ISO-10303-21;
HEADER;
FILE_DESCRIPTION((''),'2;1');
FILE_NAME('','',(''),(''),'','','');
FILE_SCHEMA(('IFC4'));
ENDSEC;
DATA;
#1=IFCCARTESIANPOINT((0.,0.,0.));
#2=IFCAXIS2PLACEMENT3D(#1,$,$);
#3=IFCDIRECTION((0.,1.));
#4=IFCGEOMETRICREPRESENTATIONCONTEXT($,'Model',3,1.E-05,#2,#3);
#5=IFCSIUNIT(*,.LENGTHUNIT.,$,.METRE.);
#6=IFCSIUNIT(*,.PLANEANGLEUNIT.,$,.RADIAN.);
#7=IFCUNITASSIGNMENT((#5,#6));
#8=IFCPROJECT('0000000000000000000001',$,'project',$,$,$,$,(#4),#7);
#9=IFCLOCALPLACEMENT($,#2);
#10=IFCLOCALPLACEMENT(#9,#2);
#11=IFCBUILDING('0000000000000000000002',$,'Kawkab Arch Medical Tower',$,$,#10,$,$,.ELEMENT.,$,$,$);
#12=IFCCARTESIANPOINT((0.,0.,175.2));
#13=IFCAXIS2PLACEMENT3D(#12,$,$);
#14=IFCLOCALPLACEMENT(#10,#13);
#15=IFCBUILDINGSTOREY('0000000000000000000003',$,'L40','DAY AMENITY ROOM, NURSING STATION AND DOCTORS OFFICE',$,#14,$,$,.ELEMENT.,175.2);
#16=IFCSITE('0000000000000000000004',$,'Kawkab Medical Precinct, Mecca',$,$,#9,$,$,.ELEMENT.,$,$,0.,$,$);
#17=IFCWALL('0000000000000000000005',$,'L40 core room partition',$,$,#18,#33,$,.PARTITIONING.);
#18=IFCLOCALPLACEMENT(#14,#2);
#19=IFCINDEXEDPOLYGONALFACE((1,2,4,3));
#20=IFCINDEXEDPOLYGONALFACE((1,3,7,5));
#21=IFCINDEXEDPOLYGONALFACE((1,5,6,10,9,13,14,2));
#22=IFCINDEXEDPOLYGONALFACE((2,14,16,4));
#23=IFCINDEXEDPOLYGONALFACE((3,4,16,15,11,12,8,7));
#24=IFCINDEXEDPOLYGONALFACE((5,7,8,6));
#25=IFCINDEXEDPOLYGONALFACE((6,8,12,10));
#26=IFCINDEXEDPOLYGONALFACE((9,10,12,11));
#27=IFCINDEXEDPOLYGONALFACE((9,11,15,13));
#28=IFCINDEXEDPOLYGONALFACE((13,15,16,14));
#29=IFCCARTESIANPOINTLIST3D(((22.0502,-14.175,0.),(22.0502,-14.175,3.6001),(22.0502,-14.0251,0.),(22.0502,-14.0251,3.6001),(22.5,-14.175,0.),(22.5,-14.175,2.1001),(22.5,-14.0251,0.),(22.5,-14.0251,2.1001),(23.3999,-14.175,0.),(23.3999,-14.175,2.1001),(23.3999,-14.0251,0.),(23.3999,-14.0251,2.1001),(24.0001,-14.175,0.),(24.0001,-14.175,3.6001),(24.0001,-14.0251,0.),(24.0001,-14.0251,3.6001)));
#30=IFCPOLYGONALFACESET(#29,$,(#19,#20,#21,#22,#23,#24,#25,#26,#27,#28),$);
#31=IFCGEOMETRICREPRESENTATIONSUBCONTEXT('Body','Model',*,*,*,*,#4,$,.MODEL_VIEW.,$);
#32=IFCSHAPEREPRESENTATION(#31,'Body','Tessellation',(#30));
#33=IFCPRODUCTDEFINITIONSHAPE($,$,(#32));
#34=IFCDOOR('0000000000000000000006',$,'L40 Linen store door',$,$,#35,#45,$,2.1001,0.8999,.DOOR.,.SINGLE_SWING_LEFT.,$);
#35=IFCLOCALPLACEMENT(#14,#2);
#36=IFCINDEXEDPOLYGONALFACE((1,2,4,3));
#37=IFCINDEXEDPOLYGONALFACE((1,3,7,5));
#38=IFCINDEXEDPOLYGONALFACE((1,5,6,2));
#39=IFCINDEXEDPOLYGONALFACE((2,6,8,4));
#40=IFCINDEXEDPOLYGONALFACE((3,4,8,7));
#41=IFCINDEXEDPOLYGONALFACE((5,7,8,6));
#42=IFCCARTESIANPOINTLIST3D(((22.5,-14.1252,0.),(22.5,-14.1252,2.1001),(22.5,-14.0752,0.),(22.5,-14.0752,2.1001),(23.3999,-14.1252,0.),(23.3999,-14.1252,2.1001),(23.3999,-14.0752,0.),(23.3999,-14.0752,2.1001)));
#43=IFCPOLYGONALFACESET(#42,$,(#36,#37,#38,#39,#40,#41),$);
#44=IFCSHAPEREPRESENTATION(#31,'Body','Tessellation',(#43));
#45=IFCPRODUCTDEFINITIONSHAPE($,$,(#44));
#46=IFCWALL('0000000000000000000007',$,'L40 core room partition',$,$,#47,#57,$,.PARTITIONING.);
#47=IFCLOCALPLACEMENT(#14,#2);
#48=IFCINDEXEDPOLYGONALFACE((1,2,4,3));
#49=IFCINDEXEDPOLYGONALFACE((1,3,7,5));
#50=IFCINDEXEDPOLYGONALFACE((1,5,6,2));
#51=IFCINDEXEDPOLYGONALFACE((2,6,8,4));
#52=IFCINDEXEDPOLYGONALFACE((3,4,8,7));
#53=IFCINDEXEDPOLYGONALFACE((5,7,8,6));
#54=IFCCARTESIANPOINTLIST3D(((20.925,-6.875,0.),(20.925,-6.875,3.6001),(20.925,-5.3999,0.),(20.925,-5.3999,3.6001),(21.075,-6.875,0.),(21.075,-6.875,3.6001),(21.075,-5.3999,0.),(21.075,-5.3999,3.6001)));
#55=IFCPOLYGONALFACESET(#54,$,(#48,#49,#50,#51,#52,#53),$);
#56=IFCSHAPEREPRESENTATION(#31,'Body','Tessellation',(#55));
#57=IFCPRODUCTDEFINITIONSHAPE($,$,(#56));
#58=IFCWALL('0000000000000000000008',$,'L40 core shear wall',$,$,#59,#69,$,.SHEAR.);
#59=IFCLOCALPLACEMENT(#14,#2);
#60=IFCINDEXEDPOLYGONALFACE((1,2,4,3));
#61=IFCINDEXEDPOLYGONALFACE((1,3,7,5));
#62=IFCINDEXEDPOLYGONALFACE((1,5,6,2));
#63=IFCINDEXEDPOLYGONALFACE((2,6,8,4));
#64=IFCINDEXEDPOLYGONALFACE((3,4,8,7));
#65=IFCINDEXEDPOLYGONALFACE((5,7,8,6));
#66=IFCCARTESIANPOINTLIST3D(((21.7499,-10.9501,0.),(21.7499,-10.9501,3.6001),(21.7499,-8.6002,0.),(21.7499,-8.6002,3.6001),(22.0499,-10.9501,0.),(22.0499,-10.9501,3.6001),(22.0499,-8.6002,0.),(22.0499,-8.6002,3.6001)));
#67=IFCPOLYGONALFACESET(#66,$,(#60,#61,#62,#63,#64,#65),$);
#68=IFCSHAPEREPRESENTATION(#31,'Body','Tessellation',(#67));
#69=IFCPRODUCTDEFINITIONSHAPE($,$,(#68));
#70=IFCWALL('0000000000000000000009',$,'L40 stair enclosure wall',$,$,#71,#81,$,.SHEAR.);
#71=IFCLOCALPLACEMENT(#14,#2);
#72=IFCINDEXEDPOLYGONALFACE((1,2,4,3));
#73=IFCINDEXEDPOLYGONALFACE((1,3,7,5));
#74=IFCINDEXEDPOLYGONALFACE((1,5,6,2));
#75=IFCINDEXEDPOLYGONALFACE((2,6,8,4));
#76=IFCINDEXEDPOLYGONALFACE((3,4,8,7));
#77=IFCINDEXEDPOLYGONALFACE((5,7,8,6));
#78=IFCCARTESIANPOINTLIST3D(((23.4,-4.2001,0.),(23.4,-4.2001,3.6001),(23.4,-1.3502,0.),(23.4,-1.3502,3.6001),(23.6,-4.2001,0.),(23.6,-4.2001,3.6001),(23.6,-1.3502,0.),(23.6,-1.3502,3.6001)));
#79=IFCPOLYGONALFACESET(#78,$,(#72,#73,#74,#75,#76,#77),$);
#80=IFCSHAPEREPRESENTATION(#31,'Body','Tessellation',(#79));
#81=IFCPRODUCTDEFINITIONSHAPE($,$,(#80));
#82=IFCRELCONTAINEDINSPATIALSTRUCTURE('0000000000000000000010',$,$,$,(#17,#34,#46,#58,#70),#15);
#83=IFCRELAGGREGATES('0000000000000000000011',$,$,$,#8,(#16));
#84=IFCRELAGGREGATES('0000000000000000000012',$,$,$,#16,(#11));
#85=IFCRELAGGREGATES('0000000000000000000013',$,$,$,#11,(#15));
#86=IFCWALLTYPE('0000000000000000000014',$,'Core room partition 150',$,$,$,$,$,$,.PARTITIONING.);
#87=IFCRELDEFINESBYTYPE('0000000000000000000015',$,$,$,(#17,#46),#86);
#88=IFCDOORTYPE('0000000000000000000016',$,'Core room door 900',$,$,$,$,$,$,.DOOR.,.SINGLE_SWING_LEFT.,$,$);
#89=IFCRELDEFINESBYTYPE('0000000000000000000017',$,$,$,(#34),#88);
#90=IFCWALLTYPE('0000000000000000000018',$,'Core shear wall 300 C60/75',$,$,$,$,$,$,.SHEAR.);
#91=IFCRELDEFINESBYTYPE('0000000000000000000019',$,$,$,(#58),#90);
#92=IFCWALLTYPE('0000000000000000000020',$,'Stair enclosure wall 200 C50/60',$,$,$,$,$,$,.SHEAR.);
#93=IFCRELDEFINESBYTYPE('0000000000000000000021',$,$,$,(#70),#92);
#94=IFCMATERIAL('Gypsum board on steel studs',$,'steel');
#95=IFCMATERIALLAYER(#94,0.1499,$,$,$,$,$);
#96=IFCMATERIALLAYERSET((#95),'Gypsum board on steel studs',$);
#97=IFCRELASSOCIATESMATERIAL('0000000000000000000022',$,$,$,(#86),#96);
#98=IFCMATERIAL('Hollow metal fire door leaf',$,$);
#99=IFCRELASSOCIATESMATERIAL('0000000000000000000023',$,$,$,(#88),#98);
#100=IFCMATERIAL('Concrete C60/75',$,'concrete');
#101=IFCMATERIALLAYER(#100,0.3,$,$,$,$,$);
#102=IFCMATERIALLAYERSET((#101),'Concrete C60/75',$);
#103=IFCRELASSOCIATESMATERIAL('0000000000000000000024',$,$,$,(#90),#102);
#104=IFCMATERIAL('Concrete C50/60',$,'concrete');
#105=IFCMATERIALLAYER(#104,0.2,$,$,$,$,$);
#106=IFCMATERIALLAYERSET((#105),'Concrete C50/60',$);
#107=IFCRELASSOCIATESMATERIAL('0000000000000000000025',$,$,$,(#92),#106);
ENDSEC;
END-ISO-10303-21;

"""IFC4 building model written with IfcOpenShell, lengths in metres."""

from ifc_helpers import new_model, si_unit, direction, frame, frame_2d, origin, place, context, subcontext, project, spatial, rectangle, extrude, material, layer, layer_set, type_object, element, fill, save


model = new_model("IFC4")

# Units and contexts
model_context = context("Model", 3, precision=1e-05, world=origin(), true_north=direction((0.0, 1.0)))
body_context = subcontext(model_context, "Body", "Model", "MODEL_VIEW")
ifc_project = project(units=[si_unit("LENGTHUNIT", "METRE"), si_unit("PLANEANGLEUNIT", "RADIAN")], contexts=[model_context])

# Site, building, storey
site_placement = place(None, origin())
site = spatial("IfcSite", under=ifc_project, at=site_placement, Name="Kawkab Medical Precinct, Mecca", CompositionType="ELEMENT", RefElevation=0.0)
building_placement = place(site_placement, origin())
building = spatial("IfcBuilding", under=site, at=building_placement, Name="Kawkab Arch Medical Tower", CompositionType="ELEMENT")
storey_placement = place(building_placement, frame((0.0, 0.0, 175.2)))
storey = spatial("IfcBuildingStorey", under=building, at=storey_placement, Name="L40", Description="DAY AMENITY ROOM, NURSING STATION AND DOCTORS OFFICE", CompositionType="ELEMENT", Elevation=175.2)

# Wall, opening, door
ifc_material_1 = material(Name="Gypsum board on steel studs", Category="steel")
ifc_layer_1 = layer(ifc_material_1, 0.1499)
ifc_layer_set_1 = layer_set([ifc_layer_1], Name="Gypsum board on steel studs")
wall_type_1 = type_object("IfcWallType", Name="Core room partition 150", PredefinedType="PARTITIONING", material=ifc_layer_set_1)
wall_1_placement = place(storey_placement, frame((22.05, -14.1001, 0.0), z_axis=(0.0, 0.0, 1.0), x_axis=(1.0, 0.0, 0.0)))
wall_1 = element("IfcWall", 1, at=wall_1_placement, inside=storey, type_object=wall_type_1, Name="L40 core room partition", PredefinedType="PARTITIONING", context=body_context, shape_type="SweptSolid", body=[
    extrude(rectangle(XDim=1.95, YDim=0.1499, at=frame_2d((0.9751, 0.0))), origin(), (0.0, 0.0, 1.0), 3.6001),
])
opening_placement = place(wall_1_placement, frame((0.45, 0.0, 0.0)))
opening = element("IfcOpeningElement", 2, at=opening_placement, cuts=wall_1, PredefinedType="OPENING", context=body_context, shape_type="SweptSolid", body=[
    extrude(rectangle(XDim=0.8999, YDim=2.1001, at=frame_2d((0.45, 1.05))), frame((0.0, 0.085, 0.0), z_axis=(0.0, -1.0, 0.0), x_axis=(1.0, 0.0, 0.0)), (0.0, 0.0, 1.0), 0.1699),
])
ifc_material_2 = material(Name="Hollow metal fire door leaf")
door_type = type_object("IfcDoorType", Name="Core room door 900", OperationType="SINGLE_SWING_LEFT", PredefinedType="DOOR", material=ifc_material_2)
door_placement = place(opening_placement, origin())
door = element("IfcDoor", 3, at=door_placement, inside=storey, type_object=door_type, Name="L40 Linen store door", OperationType="SINGLE_SWING_LEFT", OverallHeight=2.1001, OverallWidth=0.8999, PredefinedType="DOOR", context=body_context, shape_type="SweptSolid", body=[
    extrude(rectangle(XDim=0.8999, YDim=2.1001, at=frame_2d((0.45, 1.05))), frame((0.0, 0.0249, 0.0), z_axis=(0.0, -1.0, 0.0), x_axis=(1.0, 0.0, 0.0)), (0.0, 0.0, 1.0), 0.05),
])
fill(opening, door)

# Walls
wall_2_placement = place(storey_placement, frame((21.0, -6.875, 0.0), z_axis=(0.0, 0.0, 1.0), x_axis=(0.0, 1.0, 0.0)))
element("IfcWall", 4, at=wall_2_placement, inside=storey, type_object=wall_type_1, Name="L40 core room partition", PredefinedType="PARTITIONING", context=body_context, shape_type="SweptSolid", body=[
    extrude(rectangle(XDim=1.4751, YDim=0.1499, at=frame_2d((0.7375, 0.0))), origin(), (0.0, 0.0, 1.0), 3.6001),
])
ifc_material_3 = material(Name="Concrete C60/75", Category="concrete")
ifc_layer_2 = layer(ifc_material_3, 0.3)
ifc_layer_set_2 = layer_set([ifc_layer_2], Name="Concrete C60/75")
wall_type_2 = type_object("IfcWallType", Name="Core shear wall 300 C60/75", PredefinedType="SHEAR", material=ifc_layer_set_2)
wall_3_placement = place(storey_placement, frame((21.8999, -10.95, 0.0), z_axis=(0.0, 0.0, 1.0), x_axis=(0.0, 1.0, 0.0)))
element("IfcWall", 5, at=wall_3_placement, inside=storey, type_object=wall_type_2, Name="L40 core shear wall", PredefinedType="SHEAR", context=body_context, shape_type="SweptSolid", body=[
    extrude(rectangle(XDim=2.3499, YDim=0.3, at=frame_2d((1.1748, 0.0))), origin(), (0.0, 0.0, 1.0), 3.6001),
])
ifc_material_4 = material(Name="Concrete C50/60", Category="concrete")
ifc_layer_3 = layer(ifc_material_4, 0.2)
ifc_layer_set_3 = layer_set([ifc_layer_3], Name="Concrete C50/60")
wall_type_3 = type_object("IfcWallType", Name="Stair enclosure wall 200 C50/60", PredefinedType="SHEAR", material=ifc_layer_set_3)
wall_4_placement = place(storey_placement, frame((23.5, -4.2, 0.0), z_axis=(0.0, 0.0, 1.0), x_axis=(0.0, 1.0, 0.0)))
element("IfcWall", 6, at=wall_4_placement, inside=storey, type_object=wall_type_3, Name="L40 stair enclosure wall", PredefinedType="SHEAR", context=body_context, shape_type="SweptSolid", body=[
    extrude(rectangle(XDim=2.8499, YDim=0.2, at=frame_2d((1.4248, 0.0))), origin(), (0.0, 0.0, 1.0), 3.6001),
])

save(model, "model.ifc")
